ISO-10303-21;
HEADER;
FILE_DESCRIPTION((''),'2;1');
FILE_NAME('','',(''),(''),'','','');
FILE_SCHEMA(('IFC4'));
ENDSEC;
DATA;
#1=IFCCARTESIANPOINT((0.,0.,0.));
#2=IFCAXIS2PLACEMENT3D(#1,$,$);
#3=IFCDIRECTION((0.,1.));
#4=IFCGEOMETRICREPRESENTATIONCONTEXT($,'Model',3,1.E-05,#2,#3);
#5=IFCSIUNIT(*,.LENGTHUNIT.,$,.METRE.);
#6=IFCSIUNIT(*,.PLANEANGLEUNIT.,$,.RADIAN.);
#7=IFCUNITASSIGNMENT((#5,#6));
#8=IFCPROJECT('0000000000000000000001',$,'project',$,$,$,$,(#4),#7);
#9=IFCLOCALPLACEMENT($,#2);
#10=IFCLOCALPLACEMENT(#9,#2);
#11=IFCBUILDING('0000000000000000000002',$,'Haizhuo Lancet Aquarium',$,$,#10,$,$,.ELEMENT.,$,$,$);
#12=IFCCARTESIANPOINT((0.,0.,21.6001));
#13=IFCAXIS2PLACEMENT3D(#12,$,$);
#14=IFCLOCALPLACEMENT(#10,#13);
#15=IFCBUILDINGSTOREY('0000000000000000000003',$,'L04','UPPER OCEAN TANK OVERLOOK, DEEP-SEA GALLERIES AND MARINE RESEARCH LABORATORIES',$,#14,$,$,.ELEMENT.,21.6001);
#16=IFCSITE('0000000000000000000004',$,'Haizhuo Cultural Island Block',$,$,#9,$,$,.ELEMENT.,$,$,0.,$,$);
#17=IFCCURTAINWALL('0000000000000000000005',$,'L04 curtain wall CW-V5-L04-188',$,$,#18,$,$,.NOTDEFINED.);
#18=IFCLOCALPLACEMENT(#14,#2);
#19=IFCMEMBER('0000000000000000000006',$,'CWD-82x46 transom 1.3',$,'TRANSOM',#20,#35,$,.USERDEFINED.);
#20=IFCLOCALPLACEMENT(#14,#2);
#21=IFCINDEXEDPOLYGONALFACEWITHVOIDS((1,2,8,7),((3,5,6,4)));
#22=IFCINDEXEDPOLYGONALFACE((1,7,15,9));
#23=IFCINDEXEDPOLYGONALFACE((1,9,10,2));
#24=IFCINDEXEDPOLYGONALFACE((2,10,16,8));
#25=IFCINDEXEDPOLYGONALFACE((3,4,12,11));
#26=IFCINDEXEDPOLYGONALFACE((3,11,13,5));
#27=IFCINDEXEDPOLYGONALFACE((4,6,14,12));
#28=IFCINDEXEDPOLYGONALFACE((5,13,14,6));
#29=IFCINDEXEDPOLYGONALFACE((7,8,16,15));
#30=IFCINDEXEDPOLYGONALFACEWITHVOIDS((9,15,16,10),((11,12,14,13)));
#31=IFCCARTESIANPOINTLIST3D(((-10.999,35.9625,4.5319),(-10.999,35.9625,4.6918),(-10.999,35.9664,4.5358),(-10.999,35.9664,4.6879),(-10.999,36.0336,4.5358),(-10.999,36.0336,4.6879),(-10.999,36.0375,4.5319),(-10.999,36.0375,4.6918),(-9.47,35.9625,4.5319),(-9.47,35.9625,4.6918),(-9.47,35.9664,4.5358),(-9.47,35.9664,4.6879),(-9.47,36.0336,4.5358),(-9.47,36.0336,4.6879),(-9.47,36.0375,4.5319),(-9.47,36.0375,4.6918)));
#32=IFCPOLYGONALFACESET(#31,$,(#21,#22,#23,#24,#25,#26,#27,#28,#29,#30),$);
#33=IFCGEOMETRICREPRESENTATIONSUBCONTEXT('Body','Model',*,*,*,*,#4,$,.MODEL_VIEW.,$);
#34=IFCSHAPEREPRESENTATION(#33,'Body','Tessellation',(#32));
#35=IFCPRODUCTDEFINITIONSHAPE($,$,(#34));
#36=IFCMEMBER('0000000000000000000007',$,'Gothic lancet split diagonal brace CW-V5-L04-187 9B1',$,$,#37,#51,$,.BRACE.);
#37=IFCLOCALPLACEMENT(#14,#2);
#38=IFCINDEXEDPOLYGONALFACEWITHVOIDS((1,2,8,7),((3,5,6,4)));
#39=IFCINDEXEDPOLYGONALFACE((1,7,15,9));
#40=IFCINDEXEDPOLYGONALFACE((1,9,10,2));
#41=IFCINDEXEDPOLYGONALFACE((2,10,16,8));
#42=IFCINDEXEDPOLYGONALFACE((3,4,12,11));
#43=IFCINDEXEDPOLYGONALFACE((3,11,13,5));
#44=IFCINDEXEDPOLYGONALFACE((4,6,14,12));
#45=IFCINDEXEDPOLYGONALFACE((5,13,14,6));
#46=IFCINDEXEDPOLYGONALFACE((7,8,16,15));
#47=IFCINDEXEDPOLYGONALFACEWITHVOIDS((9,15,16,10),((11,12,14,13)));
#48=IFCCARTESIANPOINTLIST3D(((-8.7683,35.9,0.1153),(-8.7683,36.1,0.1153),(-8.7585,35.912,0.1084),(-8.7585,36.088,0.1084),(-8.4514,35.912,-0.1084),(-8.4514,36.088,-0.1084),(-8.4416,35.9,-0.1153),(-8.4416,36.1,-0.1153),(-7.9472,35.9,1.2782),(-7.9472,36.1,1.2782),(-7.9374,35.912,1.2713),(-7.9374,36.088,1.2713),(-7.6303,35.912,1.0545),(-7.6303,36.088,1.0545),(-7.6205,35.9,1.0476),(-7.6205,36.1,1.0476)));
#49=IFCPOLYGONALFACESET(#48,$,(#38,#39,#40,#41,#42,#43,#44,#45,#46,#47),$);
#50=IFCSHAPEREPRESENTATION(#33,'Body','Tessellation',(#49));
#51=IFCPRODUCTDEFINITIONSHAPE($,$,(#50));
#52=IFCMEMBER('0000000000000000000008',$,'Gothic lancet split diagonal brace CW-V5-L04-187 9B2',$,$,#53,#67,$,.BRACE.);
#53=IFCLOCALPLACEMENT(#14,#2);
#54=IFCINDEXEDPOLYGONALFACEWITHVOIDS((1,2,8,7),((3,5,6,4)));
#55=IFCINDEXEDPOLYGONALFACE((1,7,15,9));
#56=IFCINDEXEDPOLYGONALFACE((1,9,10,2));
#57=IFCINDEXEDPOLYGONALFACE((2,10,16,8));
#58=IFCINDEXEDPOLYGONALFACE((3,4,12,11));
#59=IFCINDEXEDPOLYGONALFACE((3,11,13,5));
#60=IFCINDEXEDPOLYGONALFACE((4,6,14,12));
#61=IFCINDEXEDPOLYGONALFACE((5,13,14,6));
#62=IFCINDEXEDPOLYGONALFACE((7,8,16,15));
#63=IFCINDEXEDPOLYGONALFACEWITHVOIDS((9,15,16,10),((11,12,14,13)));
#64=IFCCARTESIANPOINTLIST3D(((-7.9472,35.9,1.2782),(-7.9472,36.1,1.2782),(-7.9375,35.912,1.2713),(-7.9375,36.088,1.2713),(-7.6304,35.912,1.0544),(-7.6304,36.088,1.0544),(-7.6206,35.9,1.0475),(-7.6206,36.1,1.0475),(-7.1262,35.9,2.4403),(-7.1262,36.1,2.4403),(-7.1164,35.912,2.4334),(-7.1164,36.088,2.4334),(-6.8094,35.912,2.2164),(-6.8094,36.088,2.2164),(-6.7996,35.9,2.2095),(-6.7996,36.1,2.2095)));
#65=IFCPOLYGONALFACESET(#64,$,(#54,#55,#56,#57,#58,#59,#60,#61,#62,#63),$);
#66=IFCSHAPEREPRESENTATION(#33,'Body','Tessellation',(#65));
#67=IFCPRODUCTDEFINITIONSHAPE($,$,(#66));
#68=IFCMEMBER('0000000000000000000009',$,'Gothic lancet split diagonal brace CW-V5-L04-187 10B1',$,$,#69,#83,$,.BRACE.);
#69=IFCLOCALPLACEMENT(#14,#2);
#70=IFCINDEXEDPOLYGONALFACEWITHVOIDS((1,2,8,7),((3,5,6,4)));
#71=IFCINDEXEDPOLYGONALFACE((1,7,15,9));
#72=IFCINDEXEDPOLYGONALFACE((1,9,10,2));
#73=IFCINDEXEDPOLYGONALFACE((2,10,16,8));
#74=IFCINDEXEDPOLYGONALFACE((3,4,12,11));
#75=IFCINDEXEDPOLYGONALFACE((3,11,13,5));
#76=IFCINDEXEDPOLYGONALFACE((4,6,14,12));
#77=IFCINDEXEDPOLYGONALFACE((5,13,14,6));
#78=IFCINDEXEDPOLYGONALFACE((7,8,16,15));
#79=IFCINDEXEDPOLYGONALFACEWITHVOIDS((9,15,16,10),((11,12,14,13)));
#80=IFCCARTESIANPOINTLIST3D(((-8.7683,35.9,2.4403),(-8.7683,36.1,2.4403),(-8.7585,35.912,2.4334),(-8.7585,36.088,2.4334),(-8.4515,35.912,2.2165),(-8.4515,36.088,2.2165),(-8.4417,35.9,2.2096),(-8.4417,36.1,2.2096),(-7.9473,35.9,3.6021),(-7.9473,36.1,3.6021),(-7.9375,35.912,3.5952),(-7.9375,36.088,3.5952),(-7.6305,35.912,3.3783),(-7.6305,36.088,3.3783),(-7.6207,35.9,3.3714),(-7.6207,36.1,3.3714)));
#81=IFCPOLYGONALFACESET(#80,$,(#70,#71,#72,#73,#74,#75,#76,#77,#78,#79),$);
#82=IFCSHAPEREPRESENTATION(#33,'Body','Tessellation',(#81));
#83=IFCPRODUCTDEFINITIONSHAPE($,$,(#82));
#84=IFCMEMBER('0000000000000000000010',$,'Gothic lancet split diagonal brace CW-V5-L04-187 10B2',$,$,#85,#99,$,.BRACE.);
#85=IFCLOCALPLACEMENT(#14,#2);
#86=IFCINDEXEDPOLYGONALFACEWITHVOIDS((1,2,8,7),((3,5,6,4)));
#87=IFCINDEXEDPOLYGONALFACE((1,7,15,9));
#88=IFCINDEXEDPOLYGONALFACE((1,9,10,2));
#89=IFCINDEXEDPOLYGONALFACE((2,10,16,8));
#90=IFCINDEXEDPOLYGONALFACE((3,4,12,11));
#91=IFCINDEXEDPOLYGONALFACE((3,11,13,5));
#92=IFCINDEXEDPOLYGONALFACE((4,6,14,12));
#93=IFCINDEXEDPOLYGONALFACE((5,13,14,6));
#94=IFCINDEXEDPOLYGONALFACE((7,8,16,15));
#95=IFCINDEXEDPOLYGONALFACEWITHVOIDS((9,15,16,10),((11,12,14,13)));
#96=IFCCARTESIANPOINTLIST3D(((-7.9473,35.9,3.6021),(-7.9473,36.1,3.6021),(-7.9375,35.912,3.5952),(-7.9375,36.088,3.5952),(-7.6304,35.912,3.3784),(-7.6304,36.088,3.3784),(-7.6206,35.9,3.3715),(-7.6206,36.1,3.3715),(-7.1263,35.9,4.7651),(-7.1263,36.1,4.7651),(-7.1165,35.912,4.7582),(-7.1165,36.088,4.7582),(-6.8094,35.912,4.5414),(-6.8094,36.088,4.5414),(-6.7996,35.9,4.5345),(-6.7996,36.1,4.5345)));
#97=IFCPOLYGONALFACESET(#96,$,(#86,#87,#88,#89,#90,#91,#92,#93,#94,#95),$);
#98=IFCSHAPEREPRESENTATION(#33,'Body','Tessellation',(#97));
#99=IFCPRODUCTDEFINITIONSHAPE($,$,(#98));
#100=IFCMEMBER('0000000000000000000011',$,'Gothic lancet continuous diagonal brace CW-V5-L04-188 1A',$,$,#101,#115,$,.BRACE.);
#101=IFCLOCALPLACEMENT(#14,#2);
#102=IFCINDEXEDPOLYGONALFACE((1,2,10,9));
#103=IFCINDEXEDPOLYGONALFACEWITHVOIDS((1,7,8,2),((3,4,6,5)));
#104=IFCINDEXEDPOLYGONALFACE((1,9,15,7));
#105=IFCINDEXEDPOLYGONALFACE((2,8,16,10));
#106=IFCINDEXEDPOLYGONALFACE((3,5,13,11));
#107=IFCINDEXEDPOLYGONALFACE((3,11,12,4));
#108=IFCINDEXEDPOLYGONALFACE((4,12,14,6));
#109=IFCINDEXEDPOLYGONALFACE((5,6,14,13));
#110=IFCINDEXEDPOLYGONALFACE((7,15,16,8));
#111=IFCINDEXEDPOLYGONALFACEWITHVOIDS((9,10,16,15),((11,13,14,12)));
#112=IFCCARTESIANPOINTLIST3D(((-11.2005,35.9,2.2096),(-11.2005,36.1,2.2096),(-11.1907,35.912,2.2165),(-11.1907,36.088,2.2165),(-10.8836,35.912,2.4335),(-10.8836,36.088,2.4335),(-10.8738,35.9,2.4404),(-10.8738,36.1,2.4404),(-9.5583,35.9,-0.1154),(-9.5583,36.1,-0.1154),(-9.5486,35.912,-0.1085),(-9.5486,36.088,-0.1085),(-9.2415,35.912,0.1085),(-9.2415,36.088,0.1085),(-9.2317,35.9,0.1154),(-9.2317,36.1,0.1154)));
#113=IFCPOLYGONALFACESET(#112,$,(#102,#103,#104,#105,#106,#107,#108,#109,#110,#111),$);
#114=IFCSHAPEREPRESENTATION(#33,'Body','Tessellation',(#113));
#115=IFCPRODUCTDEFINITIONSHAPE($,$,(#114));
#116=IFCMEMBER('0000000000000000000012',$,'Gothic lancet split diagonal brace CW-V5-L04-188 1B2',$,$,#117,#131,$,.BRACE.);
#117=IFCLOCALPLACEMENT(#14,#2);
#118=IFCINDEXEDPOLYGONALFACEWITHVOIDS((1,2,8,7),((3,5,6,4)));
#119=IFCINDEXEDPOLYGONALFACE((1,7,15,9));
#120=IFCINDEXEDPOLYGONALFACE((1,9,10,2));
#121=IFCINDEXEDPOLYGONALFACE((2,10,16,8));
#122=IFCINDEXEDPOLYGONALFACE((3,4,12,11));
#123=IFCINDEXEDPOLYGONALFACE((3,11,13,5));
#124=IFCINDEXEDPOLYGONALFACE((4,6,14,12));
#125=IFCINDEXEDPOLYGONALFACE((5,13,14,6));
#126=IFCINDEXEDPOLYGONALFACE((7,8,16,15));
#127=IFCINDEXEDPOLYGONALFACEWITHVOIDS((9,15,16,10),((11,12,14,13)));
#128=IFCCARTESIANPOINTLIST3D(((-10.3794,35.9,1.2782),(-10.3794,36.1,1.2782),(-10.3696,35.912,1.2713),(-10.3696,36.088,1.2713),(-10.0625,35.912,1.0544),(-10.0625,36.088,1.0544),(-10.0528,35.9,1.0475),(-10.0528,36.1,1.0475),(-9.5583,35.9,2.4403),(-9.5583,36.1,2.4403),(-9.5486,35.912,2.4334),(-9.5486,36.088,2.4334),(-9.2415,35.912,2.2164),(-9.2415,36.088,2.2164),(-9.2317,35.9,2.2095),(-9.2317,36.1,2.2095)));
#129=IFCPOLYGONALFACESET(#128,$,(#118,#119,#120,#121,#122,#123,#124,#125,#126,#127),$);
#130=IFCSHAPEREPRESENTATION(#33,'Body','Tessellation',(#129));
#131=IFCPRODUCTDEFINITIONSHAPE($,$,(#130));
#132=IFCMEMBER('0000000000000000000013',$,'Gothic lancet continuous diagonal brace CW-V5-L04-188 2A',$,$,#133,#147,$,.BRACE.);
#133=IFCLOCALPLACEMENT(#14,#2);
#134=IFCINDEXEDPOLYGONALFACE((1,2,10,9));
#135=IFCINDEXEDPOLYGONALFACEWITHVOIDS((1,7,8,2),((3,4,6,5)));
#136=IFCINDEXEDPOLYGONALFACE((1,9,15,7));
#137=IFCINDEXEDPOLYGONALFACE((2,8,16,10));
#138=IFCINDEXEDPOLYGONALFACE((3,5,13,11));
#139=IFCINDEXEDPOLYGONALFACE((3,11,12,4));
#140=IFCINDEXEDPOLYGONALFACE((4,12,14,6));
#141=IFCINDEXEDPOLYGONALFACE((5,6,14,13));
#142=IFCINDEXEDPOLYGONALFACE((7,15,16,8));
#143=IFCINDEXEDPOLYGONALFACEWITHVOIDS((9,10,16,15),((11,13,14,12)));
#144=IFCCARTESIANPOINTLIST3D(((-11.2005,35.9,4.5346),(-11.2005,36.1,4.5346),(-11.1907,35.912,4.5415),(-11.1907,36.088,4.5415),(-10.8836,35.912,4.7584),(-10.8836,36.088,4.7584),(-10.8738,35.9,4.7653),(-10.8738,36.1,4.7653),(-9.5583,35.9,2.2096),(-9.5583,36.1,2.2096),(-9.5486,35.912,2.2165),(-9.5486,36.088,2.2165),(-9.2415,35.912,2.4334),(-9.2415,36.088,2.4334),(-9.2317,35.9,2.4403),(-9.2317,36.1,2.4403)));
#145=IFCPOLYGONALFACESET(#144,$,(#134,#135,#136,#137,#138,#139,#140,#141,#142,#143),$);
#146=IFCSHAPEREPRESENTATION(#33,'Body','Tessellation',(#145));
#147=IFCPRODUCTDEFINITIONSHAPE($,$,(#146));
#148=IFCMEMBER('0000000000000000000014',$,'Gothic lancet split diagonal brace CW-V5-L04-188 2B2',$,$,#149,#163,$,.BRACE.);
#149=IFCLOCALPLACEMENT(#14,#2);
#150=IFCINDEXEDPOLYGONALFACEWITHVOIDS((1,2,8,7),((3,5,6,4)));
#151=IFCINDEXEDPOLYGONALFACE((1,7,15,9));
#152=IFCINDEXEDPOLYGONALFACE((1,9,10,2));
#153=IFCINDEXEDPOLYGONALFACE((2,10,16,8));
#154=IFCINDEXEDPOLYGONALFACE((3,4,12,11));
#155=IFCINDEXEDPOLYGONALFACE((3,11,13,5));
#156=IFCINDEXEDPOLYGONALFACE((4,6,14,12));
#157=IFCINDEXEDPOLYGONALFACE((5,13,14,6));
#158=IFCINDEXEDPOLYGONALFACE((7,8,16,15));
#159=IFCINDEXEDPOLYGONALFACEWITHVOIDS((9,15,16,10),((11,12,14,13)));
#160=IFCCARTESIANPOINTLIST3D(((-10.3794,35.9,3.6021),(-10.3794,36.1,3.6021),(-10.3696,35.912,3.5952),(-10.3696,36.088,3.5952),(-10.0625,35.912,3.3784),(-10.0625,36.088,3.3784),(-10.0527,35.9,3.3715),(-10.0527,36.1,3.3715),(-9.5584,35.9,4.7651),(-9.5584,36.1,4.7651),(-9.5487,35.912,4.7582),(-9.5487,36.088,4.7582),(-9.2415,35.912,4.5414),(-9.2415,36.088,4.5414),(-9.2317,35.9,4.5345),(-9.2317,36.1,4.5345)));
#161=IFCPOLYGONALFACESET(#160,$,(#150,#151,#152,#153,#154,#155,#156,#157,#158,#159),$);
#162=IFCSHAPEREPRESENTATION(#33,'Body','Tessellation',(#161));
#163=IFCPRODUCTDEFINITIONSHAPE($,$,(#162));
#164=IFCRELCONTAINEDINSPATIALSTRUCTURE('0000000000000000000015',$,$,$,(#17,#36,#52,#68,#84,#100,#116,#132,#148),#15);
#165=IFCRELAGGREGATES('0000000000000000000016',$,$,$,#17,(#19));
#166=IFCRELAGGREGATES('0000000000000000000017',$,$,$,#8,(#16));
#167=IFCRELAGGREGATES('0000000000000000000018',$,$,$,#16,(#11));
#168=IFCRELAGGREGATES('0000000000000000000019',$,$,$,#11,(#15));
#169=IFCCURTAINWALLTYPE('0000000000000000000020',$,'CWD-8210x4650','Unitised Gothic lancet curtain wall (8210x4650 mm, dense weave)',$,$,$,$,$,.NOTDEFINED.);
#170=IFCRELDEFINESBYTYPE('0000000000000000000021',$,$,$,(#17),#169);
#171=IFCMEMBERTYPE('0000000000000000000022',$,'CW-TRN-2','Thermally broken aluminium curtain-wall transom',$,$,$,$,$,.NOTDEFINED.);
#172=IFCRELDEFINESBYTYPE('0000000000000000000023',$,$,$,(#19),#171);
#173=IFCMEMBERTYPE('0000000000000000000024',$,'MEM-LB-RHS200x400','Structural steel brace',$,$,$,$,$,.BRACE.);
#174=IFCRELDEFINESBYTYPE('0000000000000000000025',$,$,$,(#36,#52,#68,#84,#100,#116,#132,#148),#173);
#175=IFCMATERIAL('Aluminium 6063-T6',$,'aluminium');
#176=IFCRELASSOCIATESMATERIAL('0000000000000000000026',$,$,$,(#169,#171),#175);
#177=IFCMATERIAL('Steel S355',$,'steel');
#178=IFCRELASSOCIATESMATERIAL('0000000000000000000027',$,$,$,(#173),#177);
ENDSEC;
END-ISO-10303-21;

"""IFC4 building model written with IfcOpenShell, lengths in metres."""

from ifc_helpers import new_model, si_unit, direction, frame, origin, origin_2d, place, context, subcontext, project, spatial, hollow_rectangle, extrude, material, material_profile, profile_set, type_object, element, aggregate, save


model = new_model("IFC4")

# Units and contexts
model_context = context("Model", 3, precision=1e-05, world=origin(), true_north=direction((0.0, 1.0)))
body_context = subcontext(model_context, "Body", "Model", "MODEL_VIEW")
ifc_project = project(units=[si_unit("LENGTHUNIT", "METRE"), si_unit("PLANEANGLEUNIT", "RADIAN")], contexts=[model_context])

# Site, building, storey
site_placement = place(None, origin())
site = spatial("IfcSite", under=ifc_project, at=site_placement, Name="Haizhuo Cultural Island Block", CompositionType="ELEMENT", RefElevation=0.0)
building_placement = place(site_placement, origin())
building = spatial("IfcBuilding", under=site, at=building_placement, Name="Haizhuo Lancet Aquarium", CompositionType="ELEMENT")
storey_placement = place(building_placement, frame((0.0, 0.0, 21.6001)))
storey = spatial("IfcBuildingStorey", under=building, at=storey_placement, Name="L04", Description="UPPER OCEAN TANK OVERLOOK, DEEP-SEA GALLERIES AND MARINE RESEARCH LABORATORIES", CompositionType="ELEMENT", Elevation=21.6001)

# Shared definitions
ifc_material_1 = material(Name="Aluminium 6063-T6", Category="aluminium")
curtain_wall_type = type_object("IfcCurtainWallType", Name="CWD-8210x4650", Description="Unitised Gothic lancet curtain wall (8210x4650 mm, dense weave)", PredefinedType="NOTDEFINED", material=ifc_material_1)

# Curtain wall
curtain_wall_1_placement = place(storey_placement, origin())
curtain_wall_1 = element("IfcCurtainWall", 1, at=curtain_wall_1_placement, inside=storey, type_object=curtain_wall_type, Name="L04 curtain wall CW-V5-L04-188", PredefinedType="NOTDEFINED")

# Member
ifc_material_profile_1 = material_profile(ifc_material_1, hollow_rectangle(XDim=0.075, YDim=0.1599, WallThickness=0.0039, at=origin_2d()), Name="ALU-T 75x160x4")
ifc_profile_set_1 = profile_set([ifc_material_profile_1], Name="Aluminium 6063-T6")
member_type_1 = type_object("IfcMemberType", Name="CW-TRN-2", Description="Thermally broken aluminium curtain-wall transom", PredefinedType="NOTDEFINED", material=ifc_profile_set_1)
member_1_placement = place(storey_placement, frame((-9.47, 36.0, 4.6118), z_axis=(-1.0, 0.0, 0.0), x_axis=(0.0, -1.0, 0.0)))
member_1 = element("IfcMember", 2, at=member_1_placement, type_object=member_type_1, Name="CWD-82x46 transom 1.3", ObjectType="TRANSOM", PredefinedType="USERDEFINED", context=body_context, shape_type="SweptSolid", body=[
    extrude(hollow_rectangle(XDim=0.075, YDim=0.1599, WallThickness=0.0039, at=origin_2d()), origin(), (0.0, 0.0, 1.0), 1.5291),
])
aggregate(curtain_wall_1, [member_1])

# Members
ifc_material_2 = material(Name="Steel S355", Category="steel")
ifc_material_profile_2 = material_profile(ifc_material_2, hollow_rectangle(XDim=0.2, YDim=0.3999, WallThickness=0.012, at=origin_2d()), Name="RHS 200x400x12")
ifc_profile_set_2 = profile_set([ifc_material_profile_2], Name="Steel S355")
member_type_2 = type_object("IfcMemberType", Name="MEM-LB-RHS200x400", Description="Structural steel brace", PredefinedType="BRACE", material=ifc_profile_set_2)
member_2_placement = place(storey_placement, frame((-8.605, 36.0, 0.0), z_axis=(0.576784, 0.0, 0.816897), x_axis=(0.0, 1.0, 0.0)))
element("IfcMember", 3, at=member_2_placement, inside=storey, type_object=member_type_2, Name="Gothic lancet split diagonal brace CW-V5-L04-187 9B1", PredefinedType="BRACE", context=body_context, shape_type="SweptSolid", body=[
    extrude(hollow_rectangle(XDim=0.2, YDim=0.3999, WallThickness=0.012, at=origin_2d()), origin(), (0.0, 0.0, 1.0), 1.4236),
])
member_3_placement = place(storey_placement, frame((-7.7839, 36.0, 1.1628), z_axis=(0.577027, 0.0, 0.816725), x_axis=(0.0, 1.0, 0.0)))
element("IfcMember", 4, at=member_3_placement, inside=storey, type_object=member_type_2, Name="Gothic lancet split diagonal brace CW-V5-L04-187 9B2", PredefinedType="BRACE", context=body_context, shape_type="SweptSolid", body=[
    extrude(hollow_rectangle(XDim=0.2, YDim=0.3999, WallThickness=0.012, at=origin_2d()), origin(), (0.0, 0.0, 1.0), 1.4229),
])
member_4_placement = place(storey_placement, frame((-8.605, 36.0, 2.325), z_axis=(0.577108, 0.0, 0.816668), x_axis=(0.0, 1.0, 0.0)))
element("IfcMember", 5, at=member_4_placement, inside=storey, type_object=member_type_2, Name="Gothic lancet split diagonal brace CW-V5-L04-187 10B1", PredefinedType="BRACE", context=body_context, shape_type="SweptSolid", body=[
    extrude(hollow_rectangle(XDim=0.2, YDim=0.3999, WallThickness=0.012, at=origin_2d()), origin(), (0.0, 0.0, 1.0), 1.4226),
])
member_5_placement = place(storey_placement, frame((-7.7839, 36.0, 3.4868), z_axis=(0.576703, 0.0, 0.816954), x_axis=(0.0, 1.0, 0.0)))
element("IfcMember", 6, at=member_5_placement, inside=storey, type_object=member_type_2, Name="Gothic lancet split diagonal brace CW-V5-L04-187 10B2", PredefinedType="BRACE", context=body_context, shape_type="SweptSolid", body=[
    extrude(hollow_rectangle(XDim=0.2, YDim=0.3999, WallThickness=0.012, at=origin_2d()), origin(), (0.0, 0.0, 1.0), 1.4236),
])
member_6_placement = place(storey_placement, frame((-9.395, 36.0, 0.0), z_axis=(-0.576905, 0.0, 0.816811), x_axis=(0.0, -1.0, 0.0)))
element("IfcMember", 7, at=member_6_placement, inside=storey, type_object=member_type_2, Name="Gothic lancet continuous diagonal brace CW-V5-L04-188 1A", PredefinedType="BRACE", context=body_context, shape_type="SweptSolid", body=[
    extrude(hollow_rectangle(XDim=0.2, YDim=0.3999, WallThickness=0.012, at=origin_2d()), origin(), (0.0, 0.0, 1.0), 2.8464),
])
member_7_placement = place(storey_placement, frame((-10.2161, 36.0, 1.1628), z_axis=(0.577027, 0.0, 0.816725), x_axis=(0.0, 1.0, 0.0)))
element("IfcMember", 8, at=member_7_placement, inside=storey, type_object=member_type_2, Name="Gothic lancet split diagonal brace CW-V5-L04-188 1B2", PredefinedType="BRACE", context=body_context, shape_type="SweptSolid", body=[
    extrude(hollow_rectangle(XDim=0.2, YDim=0.3999, WallThickness=0.012, at=origin_2d()), origin(), (0.0, 0.0, 1.0), 1.4229),
])
member_8_placement = place(storey_placement, frame((-9.395, 36.0, 2.325), z_axis=(-0.576905, 0.0, 0.816811), x_axis=(0.0, -1.0, 0.0)))
element("IfcMember", 9, at=member_8_placement, inside=storey, type_object=member_type_2, Name="Gothic lancet continuous diagonal brace CW-V5-L04-188 2A", PredefinedType="BRACE", context=body_context, shape_type="SweptSolid", body=[
    extrude(hollow_rectangle(XDim=0.2, YDim=0.3999, WallThickness=0.012, at=origin_2d()), origin(), (0.0, 0.0, 1.0), 2.8464),
])
member_9_placement = place(storey_placement, frame((-10.2161, 36.0, 3.4868), z_axis=(0.576703, 0.0, 0.816954), x_axis=(0.0, 1.0, 0.0)))
element("IfcMember", 10, at=member_9_placement, inside=storey, type_object=member_type_2, Name="Gothic lancet split diagonal brace CW-V5-L04-188 2B2", PredefinedType="BRACE", context=body_context, shape_type="SweptSolid", body=[
    extrude(hollow_rectangle(XDim=0.2, YDim=0.3999, WallThickness=0.012, at=origin_2d()), origin(), (0.0, 0.0, 1.0), 1.4236),
])

save(model, "model.ifc")
